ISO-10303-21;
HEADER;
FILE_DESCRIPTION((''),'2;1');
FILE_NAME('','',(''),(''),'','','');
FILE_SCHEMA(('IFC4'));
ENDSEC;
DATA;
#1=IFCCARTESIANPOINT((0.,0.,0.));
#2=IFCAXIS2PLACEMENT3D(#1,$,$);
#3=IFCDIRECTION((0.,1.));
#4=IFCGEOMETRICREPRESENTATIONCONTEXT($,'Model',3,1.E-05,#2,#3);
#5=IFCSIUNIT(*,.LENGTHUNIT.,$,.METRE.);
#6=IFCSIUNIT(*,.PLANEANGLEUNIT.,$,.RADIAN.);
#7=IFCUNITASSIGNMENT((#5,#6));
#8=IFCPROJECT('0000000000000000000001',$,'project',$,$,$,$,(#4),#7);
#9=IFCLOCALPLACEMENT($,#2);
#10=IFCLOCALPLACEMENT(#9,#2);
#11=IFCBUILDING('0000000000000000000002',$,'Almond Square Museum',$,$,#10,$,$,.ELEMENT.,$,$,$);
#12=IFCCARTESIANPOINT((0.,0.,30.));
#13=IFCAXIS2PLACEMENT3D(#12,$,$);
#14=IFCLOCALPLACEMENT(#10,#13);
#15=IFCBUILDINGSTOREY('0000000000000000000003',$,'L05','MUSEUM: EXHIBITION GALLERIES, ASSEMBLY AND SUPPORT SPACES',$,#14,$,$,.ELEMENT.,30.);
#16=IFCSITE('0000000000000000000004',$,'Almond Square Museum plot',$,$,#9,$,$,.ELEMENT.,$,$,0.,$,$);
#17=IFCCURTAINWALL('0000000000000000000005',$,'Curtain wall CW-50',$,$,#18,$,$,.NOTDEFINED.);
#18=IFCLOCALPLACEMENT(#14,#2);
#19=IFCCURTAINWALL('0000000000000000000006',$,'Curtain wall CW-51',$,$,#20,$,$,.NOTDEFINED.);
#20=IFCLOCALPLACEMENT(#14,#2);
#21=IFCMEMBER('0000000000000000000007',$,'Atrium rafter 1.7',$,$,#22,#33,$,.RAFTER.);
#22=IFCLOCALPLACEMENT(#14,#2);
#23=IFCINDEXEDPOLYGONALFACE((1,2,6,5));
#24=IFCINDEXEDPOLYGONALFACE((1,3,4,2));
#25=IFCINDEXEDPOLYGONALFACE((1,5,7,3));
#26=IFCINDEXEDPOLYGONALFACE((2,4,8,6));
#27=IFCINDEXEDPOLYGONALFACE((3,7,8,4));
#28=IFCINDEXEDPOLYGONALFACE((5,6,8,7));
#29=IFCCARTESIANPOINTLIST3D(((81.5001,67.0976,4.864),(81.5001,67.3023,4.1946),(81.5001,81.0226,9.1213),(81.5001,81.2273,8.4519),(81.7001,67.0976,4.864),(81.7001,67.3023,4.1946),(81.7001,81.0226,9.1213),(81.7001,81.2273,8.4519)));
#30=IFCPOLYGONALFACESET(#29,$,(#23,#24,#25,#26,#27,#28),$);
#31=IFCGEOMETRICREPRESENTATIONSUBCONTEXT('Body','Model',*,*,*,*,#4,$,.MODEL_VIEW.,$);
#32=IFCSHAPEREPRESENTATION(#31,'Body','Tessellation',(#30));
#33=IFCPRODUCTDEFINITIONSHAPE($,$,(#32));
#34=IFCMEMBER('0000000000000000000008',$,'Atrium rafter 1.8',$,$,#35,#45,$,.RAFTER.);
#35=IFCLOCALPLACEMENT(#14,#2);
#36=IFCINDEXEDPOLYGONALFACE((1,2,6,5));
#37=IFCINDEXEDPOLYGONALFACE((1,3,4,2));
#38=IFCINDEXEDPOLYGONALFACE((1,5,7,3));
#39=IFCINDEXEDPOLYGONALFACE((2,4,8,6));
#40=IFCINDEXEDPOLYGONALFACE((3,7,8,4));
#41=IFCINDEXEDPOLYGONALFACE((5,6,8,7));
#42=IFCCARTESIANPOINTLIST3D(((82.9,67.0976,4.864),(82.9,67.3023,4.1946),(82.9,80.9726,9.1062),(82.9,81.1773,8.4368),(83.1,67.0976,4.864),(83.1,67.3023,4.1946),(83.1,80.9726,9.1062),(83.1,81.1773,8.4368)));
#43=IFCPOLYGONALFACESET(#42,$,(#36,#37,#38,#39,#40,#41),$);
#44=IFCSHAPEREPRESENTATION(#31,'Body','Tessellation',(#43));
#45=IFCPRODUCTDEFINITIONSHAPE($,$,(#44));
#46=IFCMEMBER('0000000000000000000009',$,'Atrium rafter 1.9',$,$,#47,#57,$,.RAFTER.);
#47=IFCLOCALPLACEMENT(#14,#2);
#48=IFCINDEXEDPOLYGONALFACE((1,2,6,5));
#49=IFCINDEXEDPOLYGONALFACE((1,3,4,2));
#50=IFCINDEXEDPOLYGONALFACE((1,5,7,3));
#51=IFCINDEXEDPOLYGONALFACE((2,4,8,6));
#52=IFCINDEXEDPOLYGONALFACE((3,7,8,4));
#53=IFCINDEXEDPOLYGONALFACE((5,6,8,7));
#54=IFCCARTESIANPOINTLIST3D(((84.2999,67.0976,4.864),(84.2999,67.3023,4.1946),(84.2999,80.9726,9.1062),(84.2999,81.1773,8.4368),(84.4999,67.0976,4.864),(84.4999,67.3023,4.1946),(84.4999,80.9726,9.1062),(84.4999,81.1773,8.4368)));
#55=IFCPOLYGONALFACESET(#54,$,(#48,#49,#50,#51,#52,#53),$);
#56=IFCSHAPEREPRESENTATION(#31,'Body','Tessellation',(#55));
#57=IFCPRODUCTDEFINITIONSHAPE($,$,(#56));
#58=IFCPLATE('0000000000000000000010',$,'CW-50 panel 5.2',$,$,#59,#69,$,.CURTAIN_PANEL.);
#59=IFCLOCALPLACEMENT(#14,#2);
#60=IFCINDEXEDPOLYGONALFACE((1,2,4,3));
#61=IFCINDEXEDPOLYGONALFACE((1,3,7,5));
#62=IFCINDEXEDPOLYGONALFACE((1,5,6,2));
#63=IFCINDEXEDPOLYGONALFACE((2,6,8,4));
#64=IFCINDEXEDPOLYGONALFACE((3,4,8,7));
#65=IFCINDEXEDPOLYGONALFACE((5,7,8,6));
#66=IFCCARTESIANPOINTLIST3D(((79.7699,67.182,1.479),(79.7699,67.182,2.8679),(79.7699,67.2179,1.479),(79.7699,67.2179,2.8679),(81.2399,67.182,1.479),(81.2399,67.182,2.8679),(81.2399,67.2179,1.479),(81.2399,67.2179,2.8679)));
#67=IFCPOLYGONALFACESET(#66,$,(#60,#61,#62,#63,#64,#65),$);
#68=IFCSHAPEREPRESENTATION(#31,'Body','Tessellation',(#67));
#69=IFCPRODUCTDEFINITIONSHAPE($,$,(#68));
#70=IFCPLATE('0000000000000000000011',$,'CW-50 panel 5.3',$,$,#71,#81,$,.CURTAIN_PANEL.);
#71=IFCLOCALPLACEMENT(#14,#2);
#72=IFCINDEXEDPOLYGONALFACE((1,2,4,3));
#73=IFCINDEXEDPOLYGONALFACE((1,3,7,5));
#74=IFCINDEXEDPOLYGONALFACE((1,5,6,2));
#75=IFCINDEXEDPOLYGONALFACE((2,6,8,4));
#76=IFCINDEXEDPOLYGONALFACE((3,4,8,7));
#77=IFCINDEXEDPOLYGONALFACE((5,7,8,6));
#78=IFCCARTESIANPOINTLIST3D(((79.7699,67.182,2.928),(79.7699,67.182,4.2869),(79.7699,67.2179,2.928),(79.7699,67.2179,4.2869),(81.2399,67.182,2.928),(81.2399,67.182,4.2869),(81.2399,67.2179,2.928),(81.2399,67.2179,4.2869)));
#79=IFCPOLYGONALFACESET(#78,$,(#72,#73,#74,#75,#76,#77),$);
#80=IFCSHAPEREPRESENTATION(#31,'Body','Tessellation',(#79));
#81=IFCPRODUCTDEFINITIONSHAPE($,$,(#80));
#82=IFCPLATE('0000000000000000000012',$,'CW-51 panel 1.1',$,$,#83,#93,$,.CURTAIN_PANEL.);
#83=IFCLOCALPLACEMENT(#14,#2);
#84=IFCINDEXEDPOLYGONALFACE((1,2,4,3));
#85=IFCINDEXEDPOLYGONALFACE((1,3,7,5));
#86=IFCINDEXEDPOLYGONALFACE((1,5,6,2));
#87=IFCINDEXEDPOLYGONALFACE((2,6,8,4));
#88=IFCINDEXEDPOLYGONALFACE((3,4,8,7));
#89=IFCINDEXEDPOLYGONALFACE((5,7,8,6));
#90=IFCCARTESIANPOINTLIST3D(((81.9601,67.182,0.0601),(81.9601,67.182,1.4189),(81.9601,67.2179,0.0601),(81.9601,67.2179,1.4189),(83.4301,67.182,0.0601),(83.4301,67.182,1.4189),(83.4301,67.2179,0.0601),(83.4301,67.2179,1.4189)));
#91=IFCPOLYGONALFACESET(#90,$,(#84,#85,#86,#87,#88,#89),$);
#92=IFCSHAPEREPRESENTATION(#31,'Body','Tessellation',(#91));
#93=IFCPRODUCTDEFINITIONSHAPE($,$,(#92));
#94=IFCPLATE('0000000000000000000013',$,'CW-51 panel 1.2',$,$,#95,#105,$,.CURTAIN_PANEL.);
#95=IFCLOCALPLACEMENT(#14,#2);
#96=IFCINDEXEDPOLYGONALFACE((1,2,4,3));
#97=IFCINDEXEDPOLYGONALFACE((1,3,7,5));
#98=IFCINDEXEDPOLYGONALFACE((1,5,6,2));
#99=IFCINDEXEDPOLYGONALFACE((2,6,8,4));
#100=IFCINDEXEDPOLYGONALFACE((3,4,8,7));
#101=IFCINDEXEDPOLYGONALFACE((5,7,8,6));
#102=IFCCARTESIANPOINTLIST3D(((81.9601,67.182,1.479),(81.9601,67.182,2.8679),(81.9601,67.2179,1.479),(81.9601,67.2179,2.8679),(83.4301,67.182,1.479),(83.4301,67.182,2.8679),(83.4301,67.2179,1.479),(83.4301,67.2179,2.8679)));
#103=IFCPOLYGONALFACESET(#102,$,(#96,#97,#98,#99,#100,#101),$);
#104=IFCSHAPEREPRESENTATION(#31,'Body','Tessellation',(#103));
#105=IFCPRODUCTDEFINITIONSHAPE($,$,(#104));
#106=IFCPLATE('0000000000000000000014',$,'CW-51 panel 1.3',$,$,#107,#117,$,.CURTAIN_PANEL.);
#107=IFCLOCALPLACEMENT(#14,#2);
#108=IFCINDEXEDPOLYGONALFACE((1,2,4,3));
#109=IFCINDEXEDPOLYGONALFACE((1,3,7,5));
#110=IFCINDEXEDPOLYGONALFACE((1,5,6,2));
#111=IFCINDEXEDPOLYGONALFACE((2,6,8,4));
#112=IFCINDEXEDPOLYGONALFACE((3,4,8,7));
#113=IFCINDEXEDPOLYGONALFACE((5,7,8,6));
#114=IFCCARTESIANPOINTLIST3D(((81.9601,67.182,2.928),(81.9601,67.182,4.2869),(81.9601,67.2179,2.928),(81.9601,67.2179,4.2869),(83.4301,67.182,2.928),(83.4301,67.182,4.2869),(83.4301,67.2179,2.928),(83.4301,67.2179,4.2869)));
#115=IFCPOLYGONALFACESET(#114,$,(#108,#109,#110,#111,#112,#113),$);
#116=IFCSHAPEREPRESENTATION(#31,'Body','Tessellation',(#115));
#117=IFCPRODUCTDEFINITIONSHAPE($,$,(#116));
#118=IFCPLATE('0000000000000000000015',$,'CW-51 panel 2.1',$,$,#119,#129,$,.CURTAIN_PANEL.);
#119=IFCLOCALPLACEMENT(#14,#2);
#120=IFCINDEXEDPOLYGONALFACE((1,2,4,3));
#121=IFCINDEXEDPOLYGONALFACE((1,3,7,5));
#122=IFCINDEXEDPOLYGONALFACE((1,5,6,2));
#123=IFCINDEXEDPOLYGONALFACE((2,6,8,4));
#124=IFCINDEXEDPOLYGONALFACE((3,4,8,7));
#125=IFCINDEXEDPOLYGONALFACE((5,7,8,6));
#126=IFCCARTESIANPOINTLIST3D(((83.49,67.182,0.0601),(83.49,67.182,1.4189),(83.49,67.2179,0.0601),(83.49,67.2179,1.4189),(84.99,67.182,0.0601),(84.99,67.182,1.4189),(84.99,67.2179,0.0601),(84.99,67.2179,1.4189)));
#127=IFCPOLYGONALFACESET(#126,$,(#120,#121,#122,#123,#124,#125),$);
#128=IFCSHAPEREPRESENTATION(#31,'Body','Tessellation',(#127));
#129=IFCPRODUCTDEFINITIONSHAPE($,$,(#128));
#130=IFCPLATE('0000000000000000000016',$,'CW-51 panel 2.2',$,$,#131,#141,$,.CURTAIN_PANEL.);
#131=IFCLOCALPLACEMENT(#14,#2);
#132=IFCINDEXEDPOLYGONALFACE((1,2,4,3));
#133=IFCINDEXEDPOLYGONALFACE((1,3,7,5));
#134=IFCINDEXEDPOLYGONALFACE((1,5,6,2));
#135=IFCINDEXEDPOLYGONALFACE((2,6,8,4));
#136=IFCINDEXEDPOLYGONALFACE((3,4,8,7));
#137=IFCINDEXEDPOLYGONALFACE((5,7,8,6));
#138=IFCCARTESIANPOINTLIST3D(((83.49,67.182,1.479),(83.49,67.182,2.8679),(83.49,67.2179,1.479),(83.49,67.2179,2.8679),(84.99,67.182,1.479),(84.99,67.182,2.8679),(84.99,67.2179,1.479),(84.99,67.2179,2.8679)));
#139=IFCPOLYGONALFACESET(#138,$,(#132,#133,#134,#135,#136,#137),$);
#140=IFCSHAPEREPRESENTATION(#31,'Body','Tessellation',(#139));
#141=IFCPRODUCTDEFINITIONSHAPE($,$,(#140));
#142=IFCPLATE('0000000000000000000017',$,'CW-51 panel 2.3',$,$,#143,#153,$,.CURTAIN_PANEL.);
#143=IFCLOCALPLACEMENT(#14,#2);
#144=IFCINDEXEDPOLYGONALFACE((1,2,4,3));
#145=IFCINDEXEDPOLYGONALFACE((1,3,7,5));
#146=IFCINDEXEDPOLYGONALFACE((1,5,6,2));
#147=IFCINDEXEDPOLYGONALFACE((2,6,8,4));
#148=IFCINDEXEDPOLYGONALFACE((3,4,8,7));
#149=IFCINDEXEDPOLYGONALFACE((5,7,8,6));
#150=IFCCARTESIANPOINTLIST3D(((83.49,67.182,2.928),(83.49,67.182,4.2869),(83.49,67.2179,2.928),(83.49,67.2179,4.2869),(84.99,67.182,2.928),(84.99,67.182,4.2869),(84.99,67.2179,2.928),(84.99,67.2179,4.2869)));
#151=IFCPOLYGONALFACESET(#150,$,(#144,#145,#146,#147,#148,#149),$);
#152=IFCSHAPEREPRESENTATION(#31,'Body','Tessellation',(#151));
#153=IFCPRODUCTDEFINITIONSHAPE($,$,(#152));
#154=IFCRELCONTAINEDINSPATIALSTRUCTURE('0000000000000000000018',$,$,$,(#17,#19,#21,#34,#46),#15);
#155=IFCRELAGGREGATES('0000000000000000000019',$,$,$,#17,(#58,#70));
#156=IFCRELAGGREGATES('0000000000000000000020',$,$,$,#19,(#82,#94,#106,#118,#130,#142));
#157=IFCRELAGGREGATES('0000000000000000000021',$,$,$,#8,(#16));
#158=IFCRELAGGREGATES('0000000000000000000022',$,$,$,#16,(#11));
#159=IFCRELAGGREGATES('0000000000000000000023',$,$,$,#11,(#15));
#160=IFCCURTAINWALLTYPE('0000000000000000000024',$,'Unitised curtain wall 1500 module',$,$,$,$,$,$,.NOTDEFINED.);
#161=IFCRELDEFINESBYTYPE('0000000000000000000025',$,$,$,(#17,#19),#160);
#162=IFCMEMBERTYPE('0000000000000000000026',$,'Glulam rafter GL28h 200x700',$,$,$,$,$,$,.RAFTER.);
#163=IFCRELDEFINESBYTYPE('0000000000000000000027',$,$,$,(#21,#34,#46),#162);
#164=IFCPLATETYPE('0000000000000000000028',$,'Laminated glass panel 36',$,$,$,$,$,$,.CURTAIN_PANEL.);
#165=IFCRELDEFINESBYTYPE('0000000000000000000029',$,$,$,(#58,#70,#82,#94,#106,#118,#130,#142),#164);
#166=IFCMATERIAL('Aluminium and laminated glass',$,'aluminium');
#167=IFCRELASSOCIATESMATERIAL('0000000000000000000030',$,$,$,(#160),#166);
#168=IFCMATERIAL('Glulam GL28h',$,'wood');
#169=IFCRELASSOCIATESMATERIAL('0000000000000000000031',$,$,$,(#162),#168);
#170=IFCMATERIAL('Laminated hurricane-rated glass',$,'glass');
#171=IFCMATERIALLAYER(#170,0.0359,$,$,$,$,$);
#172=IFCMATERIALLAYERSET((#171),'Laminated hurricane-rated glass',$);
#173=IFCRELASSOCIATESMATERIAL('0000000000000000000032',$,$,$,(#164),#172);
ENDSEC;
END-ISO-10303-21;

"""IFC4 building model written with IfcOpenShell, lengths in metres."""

from ifc_helpers import new_model, si_unit, direction, frame, origin, origin_2d, place, context, subcontext, project, spatial, rectangle, extrude, material, layer, layer_set, material_profile, profile_set, type_object, element, aggregate, save


model = new_model("IFC4")

# Units and contexts
model_context = context("Model", 3, precision=1e-05, world=origin(), true_north=direction((0.0, 1.0)))
body_context = subcontext(model_context, "Body", "Model", "MODEL_VIEW")
ifc_project = project(units=[si_unit("LENGTHUNIT", "METRE"), si_unit("PLANEANGLEUNIT", "RADIAN")], contexts=[model_context])

# Site, building, storey
site_placement = place(None, origin())
site = spatial("IfcSite", under=ifc_project, at=site_placement, Name="Almond Square Museum plot", CompositionType="ELEMENT", RefElevation=0.0)
building_placement = place(site_placement, origin())
building = spatial("IfcBuilding", under=site, at=building_placement, Name="Almond Square Museum", CompositionType="ELEMENT")
storey_placement = place(building_placement, frame((0.0, 0.0, 30.0)))
storey = spatial("IfcBuildingStorey", under=building, at=storey_placement, Name="L05", Description="MUSEUM: EXHIBITION GALLERIES, ASSEMBLY AND SUPPORT SPACES", CompositionType="ELEMENT", Elevation=30.0)

# Curtain wall
ifc_material_1 = material(Name="Aluminium and laminated glass", Category="aluminium")
curtain_wall_type = type_object("IfcCurtainWallType", Name="Unitised curtain wall 1500 module", PredefinedType="NOTDEFINED", material=ifc_material_1)
curtain_wall_1_placement = place(storey_placement, origin())
curtain_wall_1 = element("IfcCurtainWall", 1, at=curtain_wall_1_placement, inside=storey, type_object=curtain_wall_type, Name="Curtain wall CW-50", PredefinedType="NOTDEFINED")

# Curtain wall
curtain_wall_2_placement = place(storey_placement, origin())
curtain_wall_2 = element("IfcCurtainWall", 2, at=curtain_wall_2_placement, inside=storey, type_object=curtain_wall_type, Name="Curtain wall CW-51", PredefinedType="NOTDEFINED")

# Members
ifc_material_2 = material(Name="Glulam GL28h", Category="wood")
ifc_material_profile_1 = material_profile(ifc_material_2, rectangle(XDim=0.2, YDim=0.7, at=origin_2d()))
ifc_profile_set_1 = profile_set([ifc_material_profile_1], Name="Glulam GL28h")
member_type_1 = type_object("IfcMemberType", Name="Glulam rafter GL28h 200x700", PredefinedType="RAFTER", material=ifc_profile_set_1)
member_1_placement = place(storey_placement, frame((81.6001, 67.2, 4.5293), z_axis=(0.0, 0.956305, 0.292372), x_axis=(-1.0, 0.0, 0.0)))
element("IfcMember", 3, at=member_1_placement, inside=storey, type_object=member_type_1, Name="Atrium rafter 1.7", PredefinedType="RAFTER", context=body_context, shape_type="SweptSolid", body=[
    extrude(rectangle(XDim=0.2, YDim=0.7, at=origin_2d()), origin(), (0.0, 0.0, 1.0), 14.5613),
])
for number, where, z_axis, x_axis, name in (
    (4, (83.0, 67.2, 4.5293), (0.0, 0.956301, 0.292383), (-1.0, 0.0, 0.0), "Atrium rafter 1.8"),
    (5, (84.3999, 67.2, 4.5293), (0.0, 0.956301, 0.292383), (-1.0, 0.0, 0.0), "Atrium rafter 1.9"),
):
    element("IfcMember", number, at=place(storey_placement, frame(where, z_axis=z_axis, x_axis=x_axis)), inside=storey, type_object=member_type_1, Name=name, PredefinedType="RAFTER", context=body_context, shape_type="SweptSolid", body=[
        extrude(rectangle(XDim=0.2, YDim=0.7, at=origin_2d()), origin(), (0.0, 0.0, 1.0), 14.509),
    ])

# Plates
ifc_material_3 = material(Name="Laminated hurricane-rated glass", Category="glass")
ifc_layer = layer(ifc_material_3, 0.0359)
ifc_layer_set = layer_set([ifc_layer], Name="Laminated hurricane-rated glass")
plate_type = type_object("IfcPlateType", Name="Laminated glass panel 36", PredefinedType="CURTAIN_PANEL", material=ifc_layer_set)
plate_1_placement = place(storey_placement, frame((80.5049, 67.2, 1.479), z_axis=(0.0, 0.0, 1.0), x_axis=(1.0, 0.0, 0.0)))
plate_1 = element("IfcPlate", 6, at=plate_1_placement, type_object=plate_type, Name="CW-50 panel 5.2", PredefinedType="CURTAIN_PANEL", context=body_context, shape_type="SweptSolid", body=[
    extrude(rectangle(XDim=1.47, YDim=0.0359, at=origin_2d()), origin(), (0.0, 0.0, 1.0), 1.3889),
])
plate_2_placement = place(storey_placement, frame((80.5049, 67.2, 2.928), z_axis=(0.0, 0.0, 1.0), x_axis=(1.0, 0.0, 0.0)))
plate_2 = element("IfcPlate", 7, at=plate_2_placement, type_object=plate_type, Name="CW-50 panel 5.3", PredefinedType="CURTAIN_PANEL", context=body_context, shape_type="SweptSolid", body=[
    extrude(rectangle(XDim=1.47, YDim=0.0359, at=origin_2d()), origin(), (0.0, 0.0, 1.0), 1.3589),
])
aggregate(curtain_wall_1, [plate_1, plate_2])
plate_3_placement = place(storey_placement, frame((82.6951, 67.2, 0.0601), z_axis=(0.0, 0.0, 1.0), x_axis=(1.0, 0.0, 0.0)))
plate_3 = element("IfcPlate", 8, at=plate_3_placement, type_object=plate_type, Name="CW-51 panel 1.1", PredefinedType="CURTAIN_PANEL", context=body_context, shape_type="SweptSolid", body=[
    extrude(rectangle(XDim=1.47, YDim=0.0359, at=origin_2d()), origin(), (0.0, 0.0, 1.0), 1.3589),
])
plate_4_placement = place(storey_placement, frame((82.6951, 67.2, 1.479), z_axis=(0.0, 0.0, 1.0), x_axis=(1.0, 0.0, 0.0)))
plate_4 = element("IfcPlate", 9, at=plate_4_placement, type_object=plate_type, Name="CW-51 panel 1.2", PredefinedType="CURTAIN_PANEL", context=body_context, shape_type="SweptSolid", body=[
    extrude(rectangle(XDim=1.47, YDim=0.0359, at=origin_2d()), origin(), (0.0, 0.0, 1.0), 1.3889),
])
plate_5_placement = place(storey_placement, frame((82.6951, 67.2, 2.928), z_axis=(0.0, 0.0, 1.0), x_axis=(1.0, 0.0, 0.0)))
plate_5 = element("IfcPlate", 10, at=plate_5_placement, type_object=plate_type, Name="CW-51 panel 1.3", PredefinedType="CURTAIN_PANEL", context=body_context, shape_type="SweptSolid", body=[
    extrude(rectangle(XDim=1.47, YDim=0.0359, at=origin_2d()), origin(), (0.0, 0.0, 1.0), 1.3589),
])
plate_6_placement = place(storey_placement, frame((84.24, 67.2, 0.0601), z_axis=(0.0, 0.0, 1.0), x_axis=(1.0, 0.0, 0.0)))
plate_6 = element("IfcPlate", 11, at=plate_6_placement, type_object=plate_type, Name="CW-51 panel 2.1", PredefinedType="CURTAIN_PANEL", context=body_context, shape_type="SweptSolid", body=[
    extrude(rectangle(XDim=1.5, YDim=0.0359, at=origin_2d()), origin(), (0.0, 0.0, 1.0), 1.3589),
])
plate_7_placement = place(storey_placement, frame((84.24, 67.2, 1.479), z_axis=(0.0, 0.0, 1.0), x_axis=(1.0, 0.0, 0.0)))
plate_7 = element("IfcPlate", 12, at=plate_7_placement, type_object=plate_type, Name="CW-51 panel 2.2", PredefinedType="CURTAIN_PANEL", context=body_context, shape_type="SweptSolid", body=[
    extrude(rectangle(XDim=1.5, YDim=0.0359, at=origin_2d()), origin(), (0.0, 0.0, 1.0), 1.3889),
])
plate_8_placement = place(storey_placement, frame((84.24, 67.2, 2.928), z_axis=(0.0, 0.0, 1.0), x_axis=(1.0, 0.0, 0.0)))
plate_8 = element("IfcPlate", 13, at=plate_8_placement, type_object=plate_type, Name="CW-51 panel 2.3", PredefinedType="CURTAIN_PANEL", context=body_context, shape_type="SweptSolid", body=[
    extrude(rectangle(XDim=1.5, YDim=0.0359, at=origin_2d()), origin(), (0.0, 0.0, 1.0), 1.3589),
])
aggregate(curtain_wall_2, [plate_3, plate_4, plate_5, plate_6, plate_7, plate_8])

save(model, "model.ifc")
